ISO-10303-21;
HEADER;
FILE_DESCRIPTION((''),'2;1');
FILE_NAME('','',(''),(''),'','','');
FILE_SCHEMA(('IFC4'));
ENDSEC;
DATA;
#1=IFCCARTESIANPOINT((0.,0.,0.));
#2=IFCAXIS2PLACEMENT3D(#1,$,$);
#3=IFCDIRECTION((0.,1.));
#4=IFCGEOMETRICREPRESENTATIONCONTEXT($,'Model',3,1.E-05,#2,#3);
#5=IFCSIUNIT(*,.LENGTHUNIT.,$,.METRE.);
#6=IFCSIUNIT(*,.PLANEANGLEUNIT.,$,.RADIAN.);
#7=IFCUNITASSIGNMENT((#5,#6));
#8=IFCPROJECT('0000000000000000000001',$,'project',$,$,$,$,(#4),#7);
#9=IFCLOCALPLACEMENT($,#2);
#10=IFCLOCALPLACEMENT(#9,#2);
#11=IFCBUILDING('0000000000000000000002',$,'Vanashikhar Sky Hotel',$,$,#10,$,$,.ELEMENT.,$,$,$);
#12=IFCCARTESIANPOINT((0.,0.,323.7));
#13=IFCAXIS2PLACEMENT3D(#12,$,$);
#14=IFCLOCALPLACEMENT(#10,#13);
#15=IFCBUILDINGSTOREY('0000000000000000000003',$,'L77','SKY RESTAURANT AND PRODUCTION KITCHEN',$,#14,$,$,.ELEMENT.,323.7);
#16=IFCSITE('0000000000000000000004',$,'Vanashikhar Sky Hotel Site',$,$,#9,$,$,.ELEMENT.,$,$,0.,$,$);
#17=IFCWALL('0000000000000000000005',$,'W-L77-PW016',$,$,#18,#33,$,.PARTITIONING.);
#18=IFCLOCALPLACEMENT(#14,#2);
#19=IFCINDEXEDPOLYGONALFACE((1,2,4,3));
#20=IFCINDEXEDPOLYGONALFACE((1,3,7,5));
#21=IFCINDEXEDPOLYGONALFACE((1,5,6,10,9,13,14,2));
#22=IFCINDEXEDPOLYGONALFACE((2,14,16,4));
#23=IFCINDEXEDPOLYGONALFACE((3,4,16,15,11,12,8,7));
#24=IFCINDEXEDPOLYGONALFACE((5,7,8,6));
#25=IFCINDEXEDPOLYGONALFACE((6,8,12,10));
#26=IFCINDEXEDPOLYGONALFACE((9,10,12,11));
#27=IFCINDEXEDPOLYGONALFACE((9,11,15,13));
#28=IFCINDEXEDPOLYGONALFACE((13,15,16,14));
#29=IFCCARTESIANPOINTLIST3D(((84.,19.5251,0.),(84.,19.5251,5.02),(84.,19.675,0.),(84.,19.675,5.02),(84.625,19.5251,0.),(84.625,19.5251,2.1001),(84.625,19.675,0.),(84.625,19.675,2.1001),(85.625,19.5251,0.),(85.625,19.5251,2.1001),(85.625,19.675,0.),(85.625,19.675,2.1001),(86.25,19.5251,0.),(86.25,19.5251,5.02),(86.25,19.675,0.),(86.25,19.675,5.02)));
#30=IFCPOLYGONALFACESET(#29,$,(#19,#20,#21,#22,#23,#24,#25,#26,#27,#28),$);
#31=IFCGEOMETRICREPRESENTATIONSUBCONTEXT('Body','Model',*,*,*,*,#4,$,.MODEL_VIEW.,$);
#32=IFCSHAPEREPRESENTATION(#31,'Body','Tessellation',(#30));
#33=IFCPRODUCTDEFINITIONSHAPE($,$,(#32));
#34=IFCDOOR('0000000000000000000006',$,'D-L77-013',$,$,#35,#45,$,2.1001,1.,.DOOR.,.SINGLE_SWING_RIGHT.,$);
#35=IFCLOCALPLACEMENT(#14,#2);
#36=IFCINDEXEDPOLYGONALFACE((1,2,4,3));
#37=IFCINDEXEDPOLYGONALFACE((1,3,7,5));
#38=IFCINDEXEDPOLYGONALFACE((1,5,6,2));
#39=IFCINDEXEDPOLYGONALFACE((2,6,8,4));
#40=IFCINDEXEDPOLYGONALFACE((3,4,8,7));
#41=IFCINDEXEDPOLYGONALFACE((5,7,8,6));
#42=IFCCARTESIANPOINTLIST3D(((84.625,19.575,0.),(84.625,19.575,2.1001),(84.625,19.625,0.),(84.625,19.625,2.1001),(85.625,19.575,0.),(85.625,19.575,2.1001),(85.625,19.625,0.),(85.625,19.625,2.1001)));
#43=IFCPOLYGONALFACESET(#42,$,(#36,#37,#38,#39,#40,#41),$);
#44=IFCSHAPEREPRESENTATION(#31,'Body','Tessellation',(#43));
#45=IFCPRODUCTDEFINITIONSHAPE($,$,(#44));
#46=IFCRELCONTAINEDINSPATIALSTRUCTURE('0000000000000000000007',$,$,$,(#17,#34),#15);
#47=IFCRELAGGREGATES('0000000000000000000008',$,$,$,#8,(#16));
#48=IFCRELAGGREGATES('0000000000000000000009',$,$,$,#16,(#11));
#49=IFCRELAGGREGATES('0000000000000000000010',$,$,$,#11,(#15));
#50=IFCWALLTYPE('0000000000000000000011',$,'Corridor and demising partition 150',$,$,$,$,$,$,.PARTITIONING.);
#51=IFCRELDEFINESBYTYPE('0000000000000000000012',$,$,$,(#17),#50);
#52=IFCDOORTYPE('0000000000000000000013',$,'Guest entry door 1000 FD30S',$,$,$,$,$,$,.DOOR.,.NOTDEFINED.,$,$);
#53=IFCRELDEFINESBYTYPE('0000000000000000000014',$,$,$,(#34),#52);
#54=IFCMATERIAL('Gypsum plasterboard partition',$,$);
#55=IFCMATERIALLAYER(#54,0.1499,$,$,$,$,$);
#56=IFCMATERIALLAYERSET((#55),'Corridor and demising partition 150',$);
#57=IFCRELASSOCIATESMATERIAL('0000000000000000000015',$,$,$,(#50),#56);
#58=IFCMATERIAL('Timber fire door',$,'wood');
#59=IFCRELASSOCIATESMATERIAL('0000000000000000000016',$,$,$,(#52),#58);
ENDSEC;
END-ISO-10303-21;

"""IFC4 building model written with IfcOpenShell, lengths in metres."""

from ifc_helpers import new_model, si_unit, direction, frame, frame_2d, origin, place, context, subcontext, project, spatial, rectangle, extrude, source, transform, mapped, material, layer, layer_set, type_object, element, fill, save


model = new_model("IFC4")

# Units and contexts
model_context = context("Model", 3, precision=1e-05, world=origin(), true_north=direction((0.0, 1.0)))
body_context = subcontext(model_context, "Body", "Model", "MODEL_VIEW")
ifc_project = project(units=[si_unit("LENGTHUNIT", "METRE"), si_unit("PLANEANGLEUNIT", "RADIAN")], contexts=[model_context])

# Site, building, storey
site_placement = place(None, origin())
site = spatial("IfcSite", under=ifc_project, at=site_placement, Name="Vanashikhar Sky Hotel Site", CompositionType="ELEMENT", RefElevation=0.0)
building_placement = place(site_placement, origin())
building = spatial("IfcBuilding", under=site, at=building_placement, Name="Vanashikhar Sky Hotel", CompositionType="ELEMENT")
storey_placement = place(building_placement, frame((0.0, 0.0, 323.7)))
storey = spatial("IfcBuildingStorey", under=building, at=storey_placement, Name="L77", Description="SKY RESTAURANT AND PRODUCTION KITCHEN", CompositionType="ELEMENT", Elevation=323.7)

# Wall, opening, door
ifc_material_1 = material(Name="Gypsum plasterboard partition")
ifc_layer_1 = layer(ifc_material_1, 0.1499)
ifc_layer_set_1 = layer_set([ifc_layer_1], Name="Corridor and demising partition 150")
wall_type_1 = type_object("IfcWallType", Name="Corridor and demising partition 150", PredefinedType="PARTITIONING", material=ifc_layer_set_1)
shared_shape_1 = source(origin(), body_context, "Body", "SweptSolid", [
    extrude(rectangle(XDim=1.0, YDim=2.1001, at=frame_2d((0.5, 1.05))), frame((0.0, 0.085, 0.0), z_axis=(0.0, -1.0, 0.0), x_axis=(1.0, 0.0, 0.0)), (0.0, 0.0, 1.0), 0.1699),
])
ifc_material_2 = material(Name="Timber fire door", Category="wood")
door_type_1 = type_object("IfcDoorType", Name="Guest entry door 1000 FD30S", OperationType="NOTDEFINED", PredefinedType="DOOR", material=ifc_material_2)
shared_shape_2 = source(origin(), body_context, "Body", "SweptSolid", [
    extrude(rectangle(XDim=1.0, YDim=2.1001, at=frame_2d((0.5, 1.05))), frame((0.0, 0.0249, 0.0), z_axis=(0.0, -1.0, 0.0), x_axis=(1.0, 0.0, 0.0)), (0.0, 0.0, 1.0), 0.05),
])
shared_shape_3 = source(origin(), body_context, "Body", "SweptSolid", [
    extrude(rectangle(XDim=2.25, YDim=0.1499, at=frame_2d((1.125, 0.0))), origin(), (0.0, 0.0, 1.0), 5.02),
])
wall_1_placement = place(storey_placement, frame((84.0, 19.6001, 0.0), z_axis=(0.0, 0.0, 1.0), x_axis=(1.0, 0.0, 0.0)))
wall_1 = element("IfcWall", 1, at=wall_1_placement, inside=storey, type_object=wall_type_1, Name="W-L77-PW016", PredefinedType="PARTITIONING", context=body_context, shape_type="MappedRepresentation", body=[
    mapped(shared_shape_3, transform((0.0, 0.0, 0.0), scale=1.0)),
])
opening_1_placement = place(wall_1_placement, frame((0.625, 0.0, 0.0)))
opening_1 = element("IfcOpeningElement", 2, at=opening_1_placement, cuts=wall_1, PredefinedType="OPENING", context=body_context, shape_type="MappedRepresentation", body=[
    mapped(shared_shape_1, transform((0.0, 0.0, 0.0), scale=1.0)),
])
door_1_placement = place(opening_1_placement, origin())
door_1 = element("IfcDoor", 3, at=door_1_placement, inside=storey, type_object=door_type_1, Name="D-L77-013", OperationType="SINGLE_SWING_RIGHT", OverallHeight=2.1001, OverallWidth=1.0, PredefinedType="DOOR", context=body_context, shape_type="MappedRepresentation", body=[
    mapped(shared_shape_2, transform((0.0, 0.0, 0.0), scale=1.0)),
])
fill(opening_1, door_1)

save(model, "model.ifc")
